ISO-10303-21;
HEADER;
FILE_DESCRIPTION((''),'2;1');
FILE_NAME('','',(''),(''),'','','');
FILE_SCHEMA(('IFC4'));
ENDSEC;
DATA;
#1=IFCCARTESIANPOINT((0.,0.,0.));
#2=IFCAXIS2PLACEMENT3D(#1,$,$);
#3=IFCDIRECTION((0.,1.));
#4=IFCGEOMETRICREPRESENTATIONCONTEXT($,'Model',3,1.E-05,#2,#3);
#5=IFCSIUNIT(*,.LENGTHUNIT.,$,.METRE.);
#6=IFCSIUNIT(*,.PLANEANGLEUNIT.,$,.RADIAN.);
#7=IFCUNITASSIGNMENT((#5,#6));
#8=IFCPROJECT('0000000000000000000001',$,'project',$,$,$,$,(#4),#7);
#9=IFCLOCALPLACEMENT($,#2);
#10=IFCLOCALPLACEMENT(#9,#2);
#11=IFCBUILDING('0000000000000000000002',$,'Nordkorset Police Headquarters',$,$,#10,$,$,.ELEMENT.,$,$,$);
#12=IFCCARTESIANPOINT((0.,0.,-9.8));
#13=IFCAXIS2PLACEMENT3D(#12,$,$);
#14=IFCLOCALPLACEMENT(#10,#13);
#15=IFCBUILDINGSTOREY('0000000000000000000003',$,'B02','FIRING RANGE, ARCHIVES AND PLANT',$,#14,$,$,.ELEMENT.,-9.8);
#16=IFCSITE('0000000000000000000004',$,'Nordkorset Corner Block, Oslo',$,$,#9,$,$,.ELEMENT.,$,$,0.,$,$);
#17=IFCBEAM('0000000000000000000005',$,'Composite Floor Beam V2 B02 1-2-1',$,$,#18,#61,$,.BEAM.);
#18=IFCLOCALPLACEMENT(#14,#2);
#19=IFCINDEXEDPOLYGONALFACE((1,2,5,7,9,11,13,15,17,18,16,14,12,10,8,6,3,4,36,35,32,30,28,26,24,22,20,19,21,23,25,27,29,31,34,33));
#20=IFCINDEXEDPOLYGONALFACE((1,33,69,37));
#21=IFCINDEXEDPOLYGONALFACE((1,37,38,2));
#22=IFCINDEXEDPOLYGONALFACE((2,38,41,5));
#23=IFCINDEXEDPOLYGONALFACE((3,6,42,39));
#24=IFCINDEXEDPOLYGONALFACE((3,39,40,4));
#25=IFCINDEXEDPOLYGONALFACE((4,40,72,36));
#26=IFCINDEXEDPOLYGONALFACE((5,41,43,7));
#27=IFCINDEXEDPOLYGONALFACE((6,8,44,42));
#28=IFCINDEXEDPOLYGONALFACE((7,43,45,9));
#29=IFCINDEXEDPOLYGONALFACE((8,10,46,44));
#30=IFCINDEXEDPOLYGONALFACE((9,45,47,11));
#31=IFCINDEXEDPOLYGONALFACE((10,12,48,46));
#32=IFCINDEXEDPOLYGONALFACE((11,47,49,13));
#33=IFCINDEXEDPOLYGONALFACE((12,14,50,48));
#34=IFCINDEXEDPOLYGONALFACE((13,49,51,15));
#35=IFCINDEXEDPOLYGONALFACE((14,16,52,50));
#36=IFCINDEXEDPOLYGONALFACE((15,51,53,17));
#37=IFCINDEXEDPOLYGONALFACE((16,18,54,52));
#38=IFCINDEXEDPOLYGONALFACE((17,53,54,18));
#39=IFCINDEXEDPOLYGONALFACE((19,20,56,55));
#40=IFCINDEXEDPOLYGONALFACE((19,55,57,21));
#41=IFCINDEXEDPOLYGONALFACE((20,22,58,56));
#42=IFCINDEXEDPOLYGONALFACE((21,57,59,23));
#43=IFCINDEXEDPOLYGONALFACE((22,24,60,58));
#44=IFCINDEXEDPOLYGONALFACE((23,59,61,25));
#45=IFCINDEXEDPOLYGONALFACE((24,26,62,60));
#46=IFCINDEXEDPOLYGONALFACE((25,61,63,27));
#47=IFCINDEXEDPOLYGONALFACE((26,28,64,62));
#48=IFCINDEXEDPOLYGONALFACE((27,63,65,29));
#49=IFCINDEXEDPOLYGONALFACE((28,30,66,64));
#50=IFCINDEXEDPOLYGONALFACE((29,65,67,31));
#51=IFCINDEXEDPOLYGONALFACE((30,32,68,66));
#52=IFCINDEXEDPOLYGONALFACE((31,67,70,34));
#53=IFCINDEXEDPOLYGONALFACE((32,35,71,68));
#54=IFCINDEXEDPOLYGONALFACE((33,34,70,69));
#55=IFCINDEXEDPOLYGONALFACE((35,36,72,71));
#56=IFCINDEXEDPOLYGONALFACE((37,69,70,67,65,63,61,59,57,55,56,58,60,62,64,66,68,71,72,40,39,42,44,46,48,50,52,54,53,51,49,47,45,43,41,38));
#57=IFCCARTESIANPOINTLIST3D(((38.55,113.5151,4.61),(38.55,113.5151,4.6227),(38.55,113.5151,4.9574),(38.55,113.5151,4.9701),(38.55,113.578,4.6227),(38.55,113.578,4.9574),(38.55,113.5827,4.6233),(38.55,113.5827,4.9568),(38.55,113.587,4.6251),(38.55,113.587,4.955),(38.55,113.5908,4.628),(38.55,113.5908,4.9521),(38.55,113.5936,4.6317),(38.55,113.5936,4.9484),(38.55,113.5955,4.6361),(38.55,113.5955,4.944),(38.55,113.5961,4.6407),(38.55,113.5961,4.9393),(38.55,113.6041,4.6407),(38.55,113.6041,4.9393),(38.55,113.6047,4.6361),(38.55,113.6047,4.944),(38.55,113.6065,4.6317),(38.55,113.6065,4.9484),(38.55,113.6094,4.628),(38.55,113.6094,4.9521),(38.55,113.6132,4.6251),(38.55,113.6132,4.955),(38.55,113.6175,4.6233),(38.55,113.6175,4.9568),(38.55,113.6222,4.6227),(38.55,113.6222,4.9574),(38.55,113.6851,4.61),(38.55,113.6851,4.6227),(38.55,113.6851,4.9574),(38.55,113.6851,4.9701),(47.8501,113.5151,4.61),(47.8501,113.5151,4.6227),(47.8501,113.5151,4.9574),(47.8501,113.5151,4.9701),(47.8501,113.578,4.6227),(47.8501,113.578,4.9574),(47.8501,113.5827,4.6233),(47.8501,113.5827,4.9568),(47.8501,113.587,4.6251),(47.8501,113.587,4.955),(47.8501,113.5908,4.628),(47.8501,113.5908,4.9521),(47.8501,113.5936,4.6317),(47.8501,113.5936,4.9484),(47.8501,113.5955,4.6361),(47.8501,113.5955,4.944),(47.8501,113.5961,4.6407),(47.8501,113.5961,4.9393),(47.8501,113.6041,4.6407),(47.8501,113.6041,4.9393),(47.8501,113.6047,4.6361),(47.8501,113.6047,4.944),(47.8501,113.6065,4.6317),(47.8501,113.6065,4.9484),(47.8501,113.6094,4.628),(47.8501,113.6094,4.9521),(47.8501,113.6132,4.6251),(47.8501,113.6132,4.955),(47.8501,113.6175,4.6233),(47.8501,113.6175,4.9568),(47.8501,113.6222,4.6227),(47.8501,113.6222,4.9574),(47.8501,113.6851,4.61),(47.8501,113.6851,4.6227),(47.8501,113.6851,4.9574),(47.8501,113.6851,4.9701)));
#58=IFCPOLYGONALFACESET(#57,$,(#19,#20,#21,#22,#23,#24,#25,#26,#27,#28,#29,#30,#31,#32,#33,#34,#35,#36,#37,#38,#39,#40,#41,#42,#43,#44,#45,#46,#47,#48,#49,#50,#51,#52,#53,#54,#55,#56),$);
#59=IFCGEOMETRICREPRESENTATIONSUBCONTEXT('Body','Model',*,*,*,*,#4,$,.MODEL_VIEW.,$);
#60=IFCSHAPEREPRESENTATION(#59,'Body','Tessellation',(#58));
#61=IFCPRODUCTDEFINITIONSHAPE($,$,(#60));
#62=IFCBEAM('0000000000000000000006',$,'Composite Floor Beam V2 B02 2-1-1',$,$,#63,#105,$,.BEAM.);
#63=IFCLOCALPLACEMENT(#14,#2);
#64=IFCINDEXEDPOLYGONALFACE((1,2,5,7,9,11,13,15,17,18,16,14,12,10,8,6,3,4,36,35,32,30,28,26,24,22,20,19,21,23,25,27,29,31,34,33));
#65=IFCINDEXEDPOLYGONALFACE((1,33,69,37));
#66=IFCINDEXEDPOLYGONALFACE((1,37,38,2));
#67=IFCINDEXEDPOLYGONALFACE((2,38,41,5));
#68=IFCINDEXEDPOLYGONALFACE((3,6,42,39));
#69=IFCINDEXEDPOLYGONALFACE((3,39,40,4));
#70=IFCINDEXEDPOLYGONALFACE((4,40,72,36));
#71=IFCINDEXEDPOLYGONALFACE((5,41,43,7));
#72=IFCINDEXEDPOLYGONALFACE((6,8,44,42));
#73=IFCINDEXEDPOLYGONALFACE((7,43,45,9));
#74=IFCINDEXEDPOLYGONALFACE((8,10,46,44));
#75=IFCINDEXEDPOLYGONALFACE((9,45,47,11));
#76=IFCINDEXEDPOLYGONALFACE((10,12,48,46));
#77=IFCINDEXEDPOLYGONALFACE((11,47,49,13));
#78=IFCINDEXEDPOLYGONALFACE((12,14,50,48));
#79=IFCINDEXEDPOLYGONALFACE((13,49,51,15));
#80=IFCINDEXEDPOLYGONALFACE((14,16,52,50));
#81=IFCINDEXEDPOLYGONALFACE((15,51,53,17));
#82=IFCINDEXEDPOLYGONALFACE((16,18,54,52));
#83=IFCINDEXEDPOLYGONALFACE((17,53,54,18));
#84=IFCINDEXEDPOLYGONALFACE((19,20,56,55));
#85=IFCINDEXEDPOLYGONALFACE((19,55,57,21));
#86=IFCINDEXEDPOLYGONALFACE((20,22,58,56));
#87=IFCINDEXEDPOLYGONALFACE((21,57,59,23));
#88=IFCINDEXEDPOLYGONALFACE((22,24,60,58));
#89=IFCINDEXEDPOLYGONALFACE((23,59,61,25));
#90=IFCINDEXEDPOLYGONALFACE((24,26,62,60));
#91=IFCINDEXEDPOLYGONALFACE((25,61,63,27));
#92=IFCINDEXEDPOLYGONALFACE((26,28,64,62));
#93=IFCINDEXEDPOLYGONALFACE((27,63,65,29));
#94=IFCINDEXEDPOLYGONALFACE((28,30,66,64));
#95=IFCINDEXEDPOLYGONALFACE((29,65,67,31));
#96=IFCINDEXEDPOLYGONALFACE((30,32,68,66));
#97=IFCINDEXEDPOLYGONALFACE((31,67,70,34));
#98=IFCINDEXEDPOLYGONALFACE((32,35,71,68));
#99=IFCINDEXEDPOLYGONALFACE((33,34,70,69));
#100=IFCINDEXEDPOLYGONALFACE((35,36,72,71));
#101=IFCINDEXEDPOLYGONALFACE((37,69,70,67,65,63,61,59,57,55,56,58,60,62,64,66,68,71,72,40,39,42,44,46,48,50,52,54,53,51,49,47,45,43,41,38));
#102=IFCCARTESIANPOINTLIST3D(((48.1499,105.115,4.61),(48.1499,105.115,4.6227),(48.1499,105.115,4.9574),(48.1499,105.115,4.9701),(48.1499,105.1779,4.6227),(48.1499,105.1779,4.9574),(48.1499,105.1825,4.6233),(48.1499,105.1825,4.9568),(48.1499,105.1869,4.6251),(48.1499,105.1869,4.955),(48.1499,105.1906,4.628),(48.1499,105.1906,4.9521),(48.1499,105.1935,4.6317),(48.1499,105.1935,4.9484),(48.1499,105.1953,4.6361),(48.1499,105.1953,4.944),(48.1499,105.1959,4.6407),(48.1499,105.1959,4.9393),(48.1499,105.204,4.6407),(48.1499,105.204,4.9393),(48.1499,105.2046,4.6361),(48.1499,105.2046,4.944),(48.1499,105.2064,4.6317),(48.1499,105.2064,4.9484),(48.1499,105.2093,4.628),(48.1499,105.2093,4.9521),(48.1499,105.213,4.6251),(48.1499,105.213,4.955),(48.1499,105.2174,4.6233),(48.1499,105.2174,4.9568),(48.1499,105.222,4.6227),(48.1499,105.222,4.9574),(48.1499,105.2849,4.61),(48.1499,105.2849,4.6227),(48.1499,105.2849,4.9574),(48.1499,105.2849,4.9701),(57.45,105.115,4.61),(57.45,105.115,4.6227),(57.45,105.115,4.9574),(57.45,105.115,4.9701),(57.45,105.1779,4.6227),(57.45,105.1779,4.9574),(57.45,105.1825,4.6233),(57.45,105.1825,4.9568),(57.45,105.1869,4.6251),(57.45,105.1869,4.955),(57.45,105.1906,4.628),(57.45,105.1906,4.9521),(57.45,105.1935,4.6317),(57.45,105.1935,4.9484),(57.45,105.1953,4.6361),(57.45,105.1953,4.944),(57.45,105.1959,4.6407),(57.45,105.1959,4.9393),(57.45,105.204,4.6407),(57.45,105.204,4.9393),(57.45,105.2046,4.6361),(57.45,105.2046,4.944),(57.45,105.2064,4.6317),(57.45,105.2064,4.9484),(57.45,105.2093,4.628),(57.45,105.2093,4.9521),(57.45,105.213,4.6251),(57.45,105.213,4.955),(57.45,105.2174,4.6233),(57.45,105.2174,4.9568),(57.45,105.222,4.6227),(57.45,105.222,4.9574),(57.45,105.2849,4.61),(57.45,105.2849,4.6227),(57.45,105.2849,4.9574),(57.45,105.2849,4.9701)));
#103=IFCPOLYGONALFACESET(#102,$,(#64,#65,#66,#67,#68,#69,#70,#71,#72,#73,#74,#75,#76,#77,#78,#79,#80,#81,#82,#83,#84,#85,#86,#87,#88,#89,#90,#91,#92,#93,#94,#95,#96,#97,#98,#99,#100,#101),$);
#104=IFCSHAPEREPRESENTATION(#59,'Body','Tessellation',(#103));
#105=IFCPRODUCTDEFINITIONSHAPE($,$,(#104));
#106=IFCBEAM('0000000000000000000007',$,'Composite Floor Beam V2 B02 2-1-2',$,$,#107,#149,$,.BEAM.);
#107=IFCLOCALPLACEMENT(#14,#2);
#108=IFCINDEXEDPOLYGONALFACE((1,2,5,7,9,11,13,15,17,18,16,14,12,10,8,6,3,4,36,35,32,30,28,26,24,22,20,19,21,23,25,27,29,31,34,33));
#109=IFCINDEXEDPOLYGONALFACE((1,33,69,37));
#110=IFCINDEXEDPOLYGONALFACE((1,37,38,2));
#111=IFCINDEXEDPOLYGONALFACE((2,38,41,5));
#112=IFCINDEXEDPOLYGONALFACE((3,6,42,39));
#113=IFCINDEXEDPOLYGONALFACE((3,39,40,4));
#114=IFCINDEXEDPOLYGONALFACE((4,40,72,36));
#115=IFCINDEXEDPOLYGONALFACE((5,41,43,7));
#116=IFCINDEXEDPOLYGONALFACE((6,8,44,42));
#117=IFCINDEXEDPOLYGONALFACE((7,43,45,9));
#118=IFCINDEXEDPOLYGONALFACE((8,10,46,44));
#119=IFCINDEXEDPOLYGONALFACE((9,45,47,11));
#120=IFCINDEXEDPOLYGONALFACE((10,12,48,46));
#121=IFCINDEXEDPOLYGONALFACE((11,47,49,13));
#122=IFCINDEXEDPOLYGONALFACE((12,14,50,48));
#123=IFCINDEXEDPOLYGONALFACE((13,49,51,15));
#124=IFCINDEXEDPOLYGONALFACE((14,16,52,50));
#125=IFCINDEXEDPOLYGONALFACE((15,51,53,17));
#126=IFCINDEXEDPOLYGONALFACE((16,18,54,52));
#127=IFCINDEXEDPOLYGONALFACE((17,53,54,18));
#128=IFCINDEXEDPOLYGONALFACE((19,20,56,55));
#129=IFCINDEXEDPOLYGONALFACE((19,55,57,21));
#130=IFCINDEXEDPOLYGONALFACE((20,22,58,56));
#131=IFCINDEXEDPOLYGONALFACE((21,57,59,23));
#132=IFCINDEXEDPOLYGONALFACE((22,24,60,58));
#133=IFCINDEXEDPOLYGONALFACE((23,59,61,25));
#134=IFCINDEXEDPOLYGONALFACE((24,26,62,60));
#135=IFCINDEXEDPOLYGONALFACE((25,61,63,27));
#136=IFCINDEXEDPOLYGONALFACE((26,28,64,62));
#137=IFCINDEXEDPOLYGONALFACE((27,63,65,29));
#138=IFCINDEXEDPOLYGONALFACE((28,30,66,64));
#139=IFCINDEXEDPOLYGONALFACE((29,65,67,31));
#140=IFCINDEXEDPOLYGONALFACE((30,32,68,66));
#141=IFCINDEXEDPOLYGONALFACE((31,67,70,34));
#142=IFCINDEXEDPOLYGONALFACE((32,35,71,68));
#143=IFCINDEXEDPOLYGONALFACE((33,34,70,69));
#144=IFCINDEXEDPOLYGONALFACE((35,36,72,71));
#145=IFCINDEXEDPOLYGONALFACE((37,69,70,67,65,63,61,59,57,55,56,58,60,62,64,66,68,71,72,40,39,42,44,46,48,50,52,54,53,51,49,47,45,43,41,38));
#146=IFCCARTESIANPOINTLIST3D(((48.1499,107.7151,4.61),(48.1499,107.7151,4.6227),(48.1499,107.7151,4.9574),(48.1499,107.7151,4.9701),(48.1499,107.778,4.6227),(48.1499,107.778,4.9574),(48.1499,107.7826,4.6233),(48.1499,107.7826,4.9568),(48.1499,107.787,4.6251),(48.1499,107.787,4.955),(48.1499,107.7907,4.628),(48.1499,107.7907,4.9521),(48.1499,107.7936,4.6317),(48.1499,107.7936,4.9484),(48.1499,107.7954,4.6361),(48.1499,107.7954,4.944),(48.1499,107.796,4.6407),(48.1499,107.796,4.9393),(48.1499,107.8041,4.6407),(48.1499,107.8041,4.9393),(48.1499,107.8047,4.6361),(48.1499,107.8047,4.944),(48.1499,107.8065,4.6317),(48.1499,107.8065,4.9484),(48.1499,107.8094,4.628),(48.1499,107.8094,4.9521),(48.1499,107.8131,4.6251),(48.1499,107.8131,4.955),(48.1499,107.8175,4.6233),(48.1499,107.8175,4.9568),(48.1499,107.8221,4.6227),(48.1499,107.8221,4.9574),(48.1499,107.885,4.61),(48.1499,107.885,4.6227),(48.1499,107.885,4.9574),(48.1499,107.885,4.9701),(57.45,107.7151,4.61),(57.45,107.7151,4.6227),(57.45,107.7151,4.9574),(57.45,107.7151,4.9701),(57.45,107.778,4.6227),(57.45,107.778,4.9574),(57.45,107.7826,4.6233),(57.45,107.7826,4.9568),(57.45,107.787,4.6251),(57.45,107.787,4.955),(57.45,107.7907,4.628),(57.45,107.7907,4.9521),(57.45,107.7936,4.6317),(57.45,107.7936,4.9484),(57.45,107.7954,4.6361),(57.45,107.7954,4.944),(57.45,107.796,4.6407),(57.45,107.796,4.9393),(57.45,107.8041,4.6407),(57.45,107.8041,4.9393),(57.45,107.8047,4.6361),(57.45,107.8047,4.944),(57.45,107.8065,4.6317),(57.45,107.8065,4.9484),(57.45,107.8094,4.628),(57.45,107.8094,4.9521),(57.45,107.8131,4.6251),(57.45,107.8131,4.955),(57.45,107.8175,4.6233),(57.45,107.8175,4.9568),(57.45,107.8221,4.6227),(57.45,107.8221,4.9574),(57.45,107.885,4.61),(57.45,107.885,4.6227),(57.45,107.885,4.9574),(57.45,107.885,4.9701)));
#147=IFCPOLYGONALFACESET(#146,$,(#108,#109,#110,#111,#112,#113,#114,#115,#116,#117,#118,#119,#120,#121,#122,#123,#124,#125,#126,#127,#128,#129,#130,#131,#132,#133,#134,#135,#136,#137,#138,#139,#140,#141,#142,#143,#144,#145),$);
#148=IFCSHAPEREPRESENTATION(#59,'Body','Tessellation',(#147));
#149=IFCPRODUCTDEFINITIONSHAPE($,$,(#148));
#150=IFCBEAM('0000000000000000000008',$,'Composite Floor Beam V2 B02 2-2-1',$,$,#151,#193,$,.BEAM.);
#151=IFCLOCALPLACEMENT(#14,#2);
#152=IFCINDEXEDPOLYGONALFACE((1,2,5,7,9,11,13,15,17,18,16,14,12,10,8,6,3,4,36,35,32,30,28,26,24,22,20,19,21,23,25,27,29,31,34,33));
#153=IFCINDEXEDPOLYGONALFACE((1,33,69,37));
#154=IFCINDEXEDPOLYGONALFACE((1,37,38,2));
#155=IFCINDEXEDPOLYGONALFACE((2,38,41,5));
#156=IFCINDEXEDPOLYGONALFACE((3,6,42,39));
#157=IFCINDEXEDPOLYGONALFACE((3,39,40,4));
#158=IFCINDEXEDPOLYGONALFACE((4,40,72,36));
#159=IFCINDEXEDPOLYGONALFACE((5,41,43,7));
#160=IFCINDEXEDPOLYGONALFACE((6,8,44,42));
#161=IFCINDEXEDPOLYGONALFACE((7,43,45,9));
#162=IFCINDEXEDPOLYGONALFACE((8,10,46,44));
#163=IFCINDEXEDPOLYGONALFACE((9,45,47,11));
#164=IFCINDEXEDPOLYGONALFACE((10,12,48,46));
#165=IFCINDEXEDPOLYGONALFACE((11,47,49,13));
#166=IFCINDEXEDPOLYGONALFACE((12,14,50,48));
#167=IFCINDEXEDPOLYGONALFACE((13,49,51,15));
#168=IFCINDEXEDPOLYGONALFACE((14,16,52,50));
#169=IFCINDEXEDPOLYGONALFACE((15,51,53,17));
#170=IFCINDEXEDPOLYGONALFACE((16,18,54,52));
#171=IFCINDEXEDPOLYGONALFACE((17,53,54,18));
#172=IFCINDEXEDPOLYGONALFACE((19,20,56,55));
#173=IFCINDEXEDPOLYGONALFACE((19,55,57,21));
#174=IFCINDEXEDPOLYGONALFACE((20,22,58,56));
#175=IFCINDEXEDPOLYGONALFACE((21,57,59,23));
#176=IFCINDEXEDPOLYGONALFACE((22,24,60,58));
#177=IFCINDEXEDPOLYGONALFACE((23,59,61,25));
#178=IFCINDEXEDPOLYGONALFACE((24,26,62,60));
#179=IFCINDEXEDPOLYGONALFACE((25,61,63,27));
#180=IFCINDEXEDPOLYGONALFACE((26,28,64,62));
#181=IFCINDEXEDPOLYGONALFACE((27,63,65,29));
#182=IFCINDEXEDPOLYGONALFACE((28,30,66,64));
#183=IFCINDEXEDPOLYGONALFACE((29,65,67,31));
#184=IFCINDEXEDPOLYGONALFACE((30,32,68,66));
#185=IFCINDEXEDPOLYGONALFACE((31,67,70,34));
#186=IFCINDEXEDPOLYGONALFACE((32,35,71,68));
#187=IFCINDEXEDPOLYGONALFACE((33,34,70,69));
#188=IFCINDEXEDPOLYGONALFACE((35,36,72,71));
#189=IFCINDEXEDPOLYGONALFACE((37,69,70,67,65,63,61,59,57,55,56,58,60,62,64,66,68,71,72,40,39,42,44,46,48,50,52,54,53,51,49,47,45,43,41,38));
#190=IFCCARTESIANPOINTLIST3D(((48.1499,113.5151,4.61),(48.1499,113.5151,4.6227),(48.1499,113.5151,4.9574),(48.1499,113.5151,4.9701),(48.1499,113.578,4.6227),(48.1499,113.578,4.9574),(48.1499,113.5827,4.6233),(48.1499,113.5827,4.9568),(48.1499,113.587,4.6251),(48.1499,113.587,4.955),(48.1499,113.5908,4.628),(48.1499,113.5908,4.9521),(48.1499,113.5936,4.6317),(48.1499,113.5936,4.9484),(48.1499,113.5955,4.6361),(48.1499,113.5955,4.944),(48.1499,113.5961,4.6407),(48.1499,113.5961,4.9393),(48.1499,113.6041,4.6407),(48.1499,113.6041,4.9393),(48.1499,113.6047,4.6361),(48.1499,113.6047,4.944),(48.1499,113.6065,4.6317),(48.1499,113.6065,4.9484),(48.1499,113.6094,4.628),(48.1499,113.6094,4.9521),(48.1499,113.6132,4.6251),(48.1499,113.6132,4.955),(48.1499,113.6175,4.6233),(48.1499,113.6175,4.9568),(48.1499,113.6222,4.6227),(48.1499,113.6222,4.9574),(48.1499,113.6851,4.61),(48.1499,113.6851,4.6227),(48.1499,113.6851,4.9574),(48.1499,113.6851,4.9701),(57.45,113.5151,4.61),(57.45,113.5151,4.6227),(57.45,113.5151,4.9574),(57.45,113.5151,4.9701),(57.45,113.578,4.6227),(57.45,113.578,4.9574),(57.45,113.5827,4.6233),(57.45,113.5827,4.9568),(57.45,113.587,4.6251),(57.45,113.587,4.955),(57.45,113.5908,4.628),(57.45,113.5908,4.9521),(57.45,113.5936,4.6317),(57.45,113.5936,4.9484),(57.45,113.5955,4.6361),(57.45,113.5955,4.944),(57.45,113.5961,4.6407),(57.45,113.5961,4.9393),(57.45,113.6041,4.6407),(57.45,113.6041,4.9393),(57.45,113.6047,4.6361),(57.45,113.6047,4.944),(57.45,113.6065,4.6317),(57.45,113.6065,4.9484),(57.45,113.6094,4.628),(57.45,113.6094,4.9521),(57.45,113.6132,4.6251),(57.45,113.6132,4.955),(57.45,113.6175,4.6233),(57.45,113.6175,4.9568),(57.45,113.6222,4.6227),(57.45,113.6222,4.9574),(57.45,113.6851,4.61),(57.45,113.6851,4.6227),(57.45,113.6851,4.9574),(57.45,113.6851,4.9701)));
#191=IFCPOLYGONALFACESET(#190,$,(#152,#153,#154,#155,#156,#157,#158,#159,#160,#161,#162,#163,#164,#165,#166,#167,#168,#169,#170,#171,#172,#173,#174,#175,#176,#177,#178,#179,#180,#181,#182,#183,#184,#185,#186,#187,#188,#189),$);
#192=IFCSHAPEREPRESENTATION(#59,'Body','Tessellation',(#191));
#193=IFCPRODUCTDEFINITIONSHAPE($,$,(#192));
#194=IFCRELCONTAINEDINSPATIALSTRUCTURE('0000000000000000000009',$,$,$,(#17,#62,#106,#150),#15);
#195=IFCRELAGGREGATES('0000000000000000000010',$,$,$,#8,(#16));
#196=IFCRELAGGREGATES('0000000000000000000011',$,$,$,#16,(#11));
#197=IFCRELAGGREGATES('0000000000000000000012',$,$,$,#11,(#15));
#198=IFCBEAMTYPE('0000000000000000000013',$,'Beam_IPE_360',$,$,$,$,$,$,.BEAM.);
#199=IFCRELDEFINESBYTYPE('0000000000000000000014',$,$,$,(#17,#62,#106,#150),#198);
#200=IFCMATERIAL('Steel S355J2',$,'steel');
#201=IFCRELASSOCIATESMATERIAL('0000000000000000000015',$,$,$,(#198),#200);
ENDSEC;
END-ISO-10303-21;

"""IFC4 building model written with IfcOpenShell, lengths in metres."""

from ifc_helpers import new_model, si_unit, direction, frame, origin, origin_2d, place, context, subcontext, project, spatial, i_section, extrude, material, material_profile, profile_set, type_object, element, save


model = new_model("IFC4")

# Units and contexts
model_context = context("Model", 3, precision=1e-05, world=origin(), true_north=direction((0.0, 1.0)))
body_context = subcontext(model_context, "Body", "Model", "MODEL_VIEW")
ifc_project = project(units=[si_unit("LENGTHUNIT", "METRE"), si_unit("PLANEANGLEUNIT", "RADIAN")], contexts=[model_context])

# Site, building, storey
site_placement = place(None, origin())
site = spatial("IfcSite", under=ifc_project, at=site_placement, Name="Nordkorset Corner Block, Oslo", CompositionType="ELEMENT", RefElevation=0.0)
building_placement = place(site_placement, origin())
building = spatial("IfcBuilding", under=site, at=building_placement, Name="Nordkorset Police Headquarters", CompositionType="ELEMENT")
storey_placement = place(building_placement, frame((0.0, 0.0, -9.8)))
storey = spatial("IfcBuildingStorey", under=building, at=storey_placement, Name="B02", Description="FIRING RANGE, ARCHIVES AND PLANT", CompositionType="ELEMENT", Elevation=-9.8)

# Beams
ifc_material_1 = material(Name="Steel S355J2", Category="steel")
ifc_material_profile_1 = material_profile(ifc_material_1, i_section(OverallWidth=0.1699, OverallDepth=0.3601, WebThickness=0.0081, FlangeThickness=0.0127, FilletRadius=0.0181, at=origin_2d()), Name="IPE 360")
ifc_profile_set_1 = profile_set([ifc_material_profile_1], Name="Steel S355J2")
beam_type_1 = type_object("IfcBeamType", Name="Beam_IPE_360", PredefinedType="BEAM", material=ifc_profile_set_1)
for number, where, z_axis, x_axis, name in (
    (1, (38.55, 113.6001, 4.79), (1.0, 0.0, 0.0), (0.0, 1.0, 0.0), "Composite Floor Beam V2 B02 1-2-1"),
    (2, (48.1499, 105.2, 4.79), (1.0, 0.0, 0.0), (0.0, 1.0, 0.0), "Composite Floor Beam V2 B02 2-1-1"),
    (3, (48.1499, 107.8, 4.79), (1.0, 0.0, 0.0), (0.0, 1.0, 0.0), "Composite Floor Beam V2 B02 2-1-2"),
    (4, (48.1499, 113.6001, 4.79), (1.0, 0.0, 0.0), (0.0, 1.0, 0.0), "Composite Floor Beam V2 B02 2-2-1"),
):
    element("IfcBeam", number, at=place(storey_placement, frame(where, z_axis=z_axis, x_axis=x_axis)), inside=storey, type_object=beam_type_1, Name=name, PredefinedType="BEAM", context=body_context, shape_type="SweptSolid", body=[
        extrude(i_section(OverallWidth=0.1699, OverallDepth=0.3601, WebThickness=0.0081, FlangeThickness=0.0127, FilletRadius=0.0181, at=origin_2d()), origin(), (0.0, 0.0, 1.0), 9.3),
    ])

save(model, "model.ifc")
